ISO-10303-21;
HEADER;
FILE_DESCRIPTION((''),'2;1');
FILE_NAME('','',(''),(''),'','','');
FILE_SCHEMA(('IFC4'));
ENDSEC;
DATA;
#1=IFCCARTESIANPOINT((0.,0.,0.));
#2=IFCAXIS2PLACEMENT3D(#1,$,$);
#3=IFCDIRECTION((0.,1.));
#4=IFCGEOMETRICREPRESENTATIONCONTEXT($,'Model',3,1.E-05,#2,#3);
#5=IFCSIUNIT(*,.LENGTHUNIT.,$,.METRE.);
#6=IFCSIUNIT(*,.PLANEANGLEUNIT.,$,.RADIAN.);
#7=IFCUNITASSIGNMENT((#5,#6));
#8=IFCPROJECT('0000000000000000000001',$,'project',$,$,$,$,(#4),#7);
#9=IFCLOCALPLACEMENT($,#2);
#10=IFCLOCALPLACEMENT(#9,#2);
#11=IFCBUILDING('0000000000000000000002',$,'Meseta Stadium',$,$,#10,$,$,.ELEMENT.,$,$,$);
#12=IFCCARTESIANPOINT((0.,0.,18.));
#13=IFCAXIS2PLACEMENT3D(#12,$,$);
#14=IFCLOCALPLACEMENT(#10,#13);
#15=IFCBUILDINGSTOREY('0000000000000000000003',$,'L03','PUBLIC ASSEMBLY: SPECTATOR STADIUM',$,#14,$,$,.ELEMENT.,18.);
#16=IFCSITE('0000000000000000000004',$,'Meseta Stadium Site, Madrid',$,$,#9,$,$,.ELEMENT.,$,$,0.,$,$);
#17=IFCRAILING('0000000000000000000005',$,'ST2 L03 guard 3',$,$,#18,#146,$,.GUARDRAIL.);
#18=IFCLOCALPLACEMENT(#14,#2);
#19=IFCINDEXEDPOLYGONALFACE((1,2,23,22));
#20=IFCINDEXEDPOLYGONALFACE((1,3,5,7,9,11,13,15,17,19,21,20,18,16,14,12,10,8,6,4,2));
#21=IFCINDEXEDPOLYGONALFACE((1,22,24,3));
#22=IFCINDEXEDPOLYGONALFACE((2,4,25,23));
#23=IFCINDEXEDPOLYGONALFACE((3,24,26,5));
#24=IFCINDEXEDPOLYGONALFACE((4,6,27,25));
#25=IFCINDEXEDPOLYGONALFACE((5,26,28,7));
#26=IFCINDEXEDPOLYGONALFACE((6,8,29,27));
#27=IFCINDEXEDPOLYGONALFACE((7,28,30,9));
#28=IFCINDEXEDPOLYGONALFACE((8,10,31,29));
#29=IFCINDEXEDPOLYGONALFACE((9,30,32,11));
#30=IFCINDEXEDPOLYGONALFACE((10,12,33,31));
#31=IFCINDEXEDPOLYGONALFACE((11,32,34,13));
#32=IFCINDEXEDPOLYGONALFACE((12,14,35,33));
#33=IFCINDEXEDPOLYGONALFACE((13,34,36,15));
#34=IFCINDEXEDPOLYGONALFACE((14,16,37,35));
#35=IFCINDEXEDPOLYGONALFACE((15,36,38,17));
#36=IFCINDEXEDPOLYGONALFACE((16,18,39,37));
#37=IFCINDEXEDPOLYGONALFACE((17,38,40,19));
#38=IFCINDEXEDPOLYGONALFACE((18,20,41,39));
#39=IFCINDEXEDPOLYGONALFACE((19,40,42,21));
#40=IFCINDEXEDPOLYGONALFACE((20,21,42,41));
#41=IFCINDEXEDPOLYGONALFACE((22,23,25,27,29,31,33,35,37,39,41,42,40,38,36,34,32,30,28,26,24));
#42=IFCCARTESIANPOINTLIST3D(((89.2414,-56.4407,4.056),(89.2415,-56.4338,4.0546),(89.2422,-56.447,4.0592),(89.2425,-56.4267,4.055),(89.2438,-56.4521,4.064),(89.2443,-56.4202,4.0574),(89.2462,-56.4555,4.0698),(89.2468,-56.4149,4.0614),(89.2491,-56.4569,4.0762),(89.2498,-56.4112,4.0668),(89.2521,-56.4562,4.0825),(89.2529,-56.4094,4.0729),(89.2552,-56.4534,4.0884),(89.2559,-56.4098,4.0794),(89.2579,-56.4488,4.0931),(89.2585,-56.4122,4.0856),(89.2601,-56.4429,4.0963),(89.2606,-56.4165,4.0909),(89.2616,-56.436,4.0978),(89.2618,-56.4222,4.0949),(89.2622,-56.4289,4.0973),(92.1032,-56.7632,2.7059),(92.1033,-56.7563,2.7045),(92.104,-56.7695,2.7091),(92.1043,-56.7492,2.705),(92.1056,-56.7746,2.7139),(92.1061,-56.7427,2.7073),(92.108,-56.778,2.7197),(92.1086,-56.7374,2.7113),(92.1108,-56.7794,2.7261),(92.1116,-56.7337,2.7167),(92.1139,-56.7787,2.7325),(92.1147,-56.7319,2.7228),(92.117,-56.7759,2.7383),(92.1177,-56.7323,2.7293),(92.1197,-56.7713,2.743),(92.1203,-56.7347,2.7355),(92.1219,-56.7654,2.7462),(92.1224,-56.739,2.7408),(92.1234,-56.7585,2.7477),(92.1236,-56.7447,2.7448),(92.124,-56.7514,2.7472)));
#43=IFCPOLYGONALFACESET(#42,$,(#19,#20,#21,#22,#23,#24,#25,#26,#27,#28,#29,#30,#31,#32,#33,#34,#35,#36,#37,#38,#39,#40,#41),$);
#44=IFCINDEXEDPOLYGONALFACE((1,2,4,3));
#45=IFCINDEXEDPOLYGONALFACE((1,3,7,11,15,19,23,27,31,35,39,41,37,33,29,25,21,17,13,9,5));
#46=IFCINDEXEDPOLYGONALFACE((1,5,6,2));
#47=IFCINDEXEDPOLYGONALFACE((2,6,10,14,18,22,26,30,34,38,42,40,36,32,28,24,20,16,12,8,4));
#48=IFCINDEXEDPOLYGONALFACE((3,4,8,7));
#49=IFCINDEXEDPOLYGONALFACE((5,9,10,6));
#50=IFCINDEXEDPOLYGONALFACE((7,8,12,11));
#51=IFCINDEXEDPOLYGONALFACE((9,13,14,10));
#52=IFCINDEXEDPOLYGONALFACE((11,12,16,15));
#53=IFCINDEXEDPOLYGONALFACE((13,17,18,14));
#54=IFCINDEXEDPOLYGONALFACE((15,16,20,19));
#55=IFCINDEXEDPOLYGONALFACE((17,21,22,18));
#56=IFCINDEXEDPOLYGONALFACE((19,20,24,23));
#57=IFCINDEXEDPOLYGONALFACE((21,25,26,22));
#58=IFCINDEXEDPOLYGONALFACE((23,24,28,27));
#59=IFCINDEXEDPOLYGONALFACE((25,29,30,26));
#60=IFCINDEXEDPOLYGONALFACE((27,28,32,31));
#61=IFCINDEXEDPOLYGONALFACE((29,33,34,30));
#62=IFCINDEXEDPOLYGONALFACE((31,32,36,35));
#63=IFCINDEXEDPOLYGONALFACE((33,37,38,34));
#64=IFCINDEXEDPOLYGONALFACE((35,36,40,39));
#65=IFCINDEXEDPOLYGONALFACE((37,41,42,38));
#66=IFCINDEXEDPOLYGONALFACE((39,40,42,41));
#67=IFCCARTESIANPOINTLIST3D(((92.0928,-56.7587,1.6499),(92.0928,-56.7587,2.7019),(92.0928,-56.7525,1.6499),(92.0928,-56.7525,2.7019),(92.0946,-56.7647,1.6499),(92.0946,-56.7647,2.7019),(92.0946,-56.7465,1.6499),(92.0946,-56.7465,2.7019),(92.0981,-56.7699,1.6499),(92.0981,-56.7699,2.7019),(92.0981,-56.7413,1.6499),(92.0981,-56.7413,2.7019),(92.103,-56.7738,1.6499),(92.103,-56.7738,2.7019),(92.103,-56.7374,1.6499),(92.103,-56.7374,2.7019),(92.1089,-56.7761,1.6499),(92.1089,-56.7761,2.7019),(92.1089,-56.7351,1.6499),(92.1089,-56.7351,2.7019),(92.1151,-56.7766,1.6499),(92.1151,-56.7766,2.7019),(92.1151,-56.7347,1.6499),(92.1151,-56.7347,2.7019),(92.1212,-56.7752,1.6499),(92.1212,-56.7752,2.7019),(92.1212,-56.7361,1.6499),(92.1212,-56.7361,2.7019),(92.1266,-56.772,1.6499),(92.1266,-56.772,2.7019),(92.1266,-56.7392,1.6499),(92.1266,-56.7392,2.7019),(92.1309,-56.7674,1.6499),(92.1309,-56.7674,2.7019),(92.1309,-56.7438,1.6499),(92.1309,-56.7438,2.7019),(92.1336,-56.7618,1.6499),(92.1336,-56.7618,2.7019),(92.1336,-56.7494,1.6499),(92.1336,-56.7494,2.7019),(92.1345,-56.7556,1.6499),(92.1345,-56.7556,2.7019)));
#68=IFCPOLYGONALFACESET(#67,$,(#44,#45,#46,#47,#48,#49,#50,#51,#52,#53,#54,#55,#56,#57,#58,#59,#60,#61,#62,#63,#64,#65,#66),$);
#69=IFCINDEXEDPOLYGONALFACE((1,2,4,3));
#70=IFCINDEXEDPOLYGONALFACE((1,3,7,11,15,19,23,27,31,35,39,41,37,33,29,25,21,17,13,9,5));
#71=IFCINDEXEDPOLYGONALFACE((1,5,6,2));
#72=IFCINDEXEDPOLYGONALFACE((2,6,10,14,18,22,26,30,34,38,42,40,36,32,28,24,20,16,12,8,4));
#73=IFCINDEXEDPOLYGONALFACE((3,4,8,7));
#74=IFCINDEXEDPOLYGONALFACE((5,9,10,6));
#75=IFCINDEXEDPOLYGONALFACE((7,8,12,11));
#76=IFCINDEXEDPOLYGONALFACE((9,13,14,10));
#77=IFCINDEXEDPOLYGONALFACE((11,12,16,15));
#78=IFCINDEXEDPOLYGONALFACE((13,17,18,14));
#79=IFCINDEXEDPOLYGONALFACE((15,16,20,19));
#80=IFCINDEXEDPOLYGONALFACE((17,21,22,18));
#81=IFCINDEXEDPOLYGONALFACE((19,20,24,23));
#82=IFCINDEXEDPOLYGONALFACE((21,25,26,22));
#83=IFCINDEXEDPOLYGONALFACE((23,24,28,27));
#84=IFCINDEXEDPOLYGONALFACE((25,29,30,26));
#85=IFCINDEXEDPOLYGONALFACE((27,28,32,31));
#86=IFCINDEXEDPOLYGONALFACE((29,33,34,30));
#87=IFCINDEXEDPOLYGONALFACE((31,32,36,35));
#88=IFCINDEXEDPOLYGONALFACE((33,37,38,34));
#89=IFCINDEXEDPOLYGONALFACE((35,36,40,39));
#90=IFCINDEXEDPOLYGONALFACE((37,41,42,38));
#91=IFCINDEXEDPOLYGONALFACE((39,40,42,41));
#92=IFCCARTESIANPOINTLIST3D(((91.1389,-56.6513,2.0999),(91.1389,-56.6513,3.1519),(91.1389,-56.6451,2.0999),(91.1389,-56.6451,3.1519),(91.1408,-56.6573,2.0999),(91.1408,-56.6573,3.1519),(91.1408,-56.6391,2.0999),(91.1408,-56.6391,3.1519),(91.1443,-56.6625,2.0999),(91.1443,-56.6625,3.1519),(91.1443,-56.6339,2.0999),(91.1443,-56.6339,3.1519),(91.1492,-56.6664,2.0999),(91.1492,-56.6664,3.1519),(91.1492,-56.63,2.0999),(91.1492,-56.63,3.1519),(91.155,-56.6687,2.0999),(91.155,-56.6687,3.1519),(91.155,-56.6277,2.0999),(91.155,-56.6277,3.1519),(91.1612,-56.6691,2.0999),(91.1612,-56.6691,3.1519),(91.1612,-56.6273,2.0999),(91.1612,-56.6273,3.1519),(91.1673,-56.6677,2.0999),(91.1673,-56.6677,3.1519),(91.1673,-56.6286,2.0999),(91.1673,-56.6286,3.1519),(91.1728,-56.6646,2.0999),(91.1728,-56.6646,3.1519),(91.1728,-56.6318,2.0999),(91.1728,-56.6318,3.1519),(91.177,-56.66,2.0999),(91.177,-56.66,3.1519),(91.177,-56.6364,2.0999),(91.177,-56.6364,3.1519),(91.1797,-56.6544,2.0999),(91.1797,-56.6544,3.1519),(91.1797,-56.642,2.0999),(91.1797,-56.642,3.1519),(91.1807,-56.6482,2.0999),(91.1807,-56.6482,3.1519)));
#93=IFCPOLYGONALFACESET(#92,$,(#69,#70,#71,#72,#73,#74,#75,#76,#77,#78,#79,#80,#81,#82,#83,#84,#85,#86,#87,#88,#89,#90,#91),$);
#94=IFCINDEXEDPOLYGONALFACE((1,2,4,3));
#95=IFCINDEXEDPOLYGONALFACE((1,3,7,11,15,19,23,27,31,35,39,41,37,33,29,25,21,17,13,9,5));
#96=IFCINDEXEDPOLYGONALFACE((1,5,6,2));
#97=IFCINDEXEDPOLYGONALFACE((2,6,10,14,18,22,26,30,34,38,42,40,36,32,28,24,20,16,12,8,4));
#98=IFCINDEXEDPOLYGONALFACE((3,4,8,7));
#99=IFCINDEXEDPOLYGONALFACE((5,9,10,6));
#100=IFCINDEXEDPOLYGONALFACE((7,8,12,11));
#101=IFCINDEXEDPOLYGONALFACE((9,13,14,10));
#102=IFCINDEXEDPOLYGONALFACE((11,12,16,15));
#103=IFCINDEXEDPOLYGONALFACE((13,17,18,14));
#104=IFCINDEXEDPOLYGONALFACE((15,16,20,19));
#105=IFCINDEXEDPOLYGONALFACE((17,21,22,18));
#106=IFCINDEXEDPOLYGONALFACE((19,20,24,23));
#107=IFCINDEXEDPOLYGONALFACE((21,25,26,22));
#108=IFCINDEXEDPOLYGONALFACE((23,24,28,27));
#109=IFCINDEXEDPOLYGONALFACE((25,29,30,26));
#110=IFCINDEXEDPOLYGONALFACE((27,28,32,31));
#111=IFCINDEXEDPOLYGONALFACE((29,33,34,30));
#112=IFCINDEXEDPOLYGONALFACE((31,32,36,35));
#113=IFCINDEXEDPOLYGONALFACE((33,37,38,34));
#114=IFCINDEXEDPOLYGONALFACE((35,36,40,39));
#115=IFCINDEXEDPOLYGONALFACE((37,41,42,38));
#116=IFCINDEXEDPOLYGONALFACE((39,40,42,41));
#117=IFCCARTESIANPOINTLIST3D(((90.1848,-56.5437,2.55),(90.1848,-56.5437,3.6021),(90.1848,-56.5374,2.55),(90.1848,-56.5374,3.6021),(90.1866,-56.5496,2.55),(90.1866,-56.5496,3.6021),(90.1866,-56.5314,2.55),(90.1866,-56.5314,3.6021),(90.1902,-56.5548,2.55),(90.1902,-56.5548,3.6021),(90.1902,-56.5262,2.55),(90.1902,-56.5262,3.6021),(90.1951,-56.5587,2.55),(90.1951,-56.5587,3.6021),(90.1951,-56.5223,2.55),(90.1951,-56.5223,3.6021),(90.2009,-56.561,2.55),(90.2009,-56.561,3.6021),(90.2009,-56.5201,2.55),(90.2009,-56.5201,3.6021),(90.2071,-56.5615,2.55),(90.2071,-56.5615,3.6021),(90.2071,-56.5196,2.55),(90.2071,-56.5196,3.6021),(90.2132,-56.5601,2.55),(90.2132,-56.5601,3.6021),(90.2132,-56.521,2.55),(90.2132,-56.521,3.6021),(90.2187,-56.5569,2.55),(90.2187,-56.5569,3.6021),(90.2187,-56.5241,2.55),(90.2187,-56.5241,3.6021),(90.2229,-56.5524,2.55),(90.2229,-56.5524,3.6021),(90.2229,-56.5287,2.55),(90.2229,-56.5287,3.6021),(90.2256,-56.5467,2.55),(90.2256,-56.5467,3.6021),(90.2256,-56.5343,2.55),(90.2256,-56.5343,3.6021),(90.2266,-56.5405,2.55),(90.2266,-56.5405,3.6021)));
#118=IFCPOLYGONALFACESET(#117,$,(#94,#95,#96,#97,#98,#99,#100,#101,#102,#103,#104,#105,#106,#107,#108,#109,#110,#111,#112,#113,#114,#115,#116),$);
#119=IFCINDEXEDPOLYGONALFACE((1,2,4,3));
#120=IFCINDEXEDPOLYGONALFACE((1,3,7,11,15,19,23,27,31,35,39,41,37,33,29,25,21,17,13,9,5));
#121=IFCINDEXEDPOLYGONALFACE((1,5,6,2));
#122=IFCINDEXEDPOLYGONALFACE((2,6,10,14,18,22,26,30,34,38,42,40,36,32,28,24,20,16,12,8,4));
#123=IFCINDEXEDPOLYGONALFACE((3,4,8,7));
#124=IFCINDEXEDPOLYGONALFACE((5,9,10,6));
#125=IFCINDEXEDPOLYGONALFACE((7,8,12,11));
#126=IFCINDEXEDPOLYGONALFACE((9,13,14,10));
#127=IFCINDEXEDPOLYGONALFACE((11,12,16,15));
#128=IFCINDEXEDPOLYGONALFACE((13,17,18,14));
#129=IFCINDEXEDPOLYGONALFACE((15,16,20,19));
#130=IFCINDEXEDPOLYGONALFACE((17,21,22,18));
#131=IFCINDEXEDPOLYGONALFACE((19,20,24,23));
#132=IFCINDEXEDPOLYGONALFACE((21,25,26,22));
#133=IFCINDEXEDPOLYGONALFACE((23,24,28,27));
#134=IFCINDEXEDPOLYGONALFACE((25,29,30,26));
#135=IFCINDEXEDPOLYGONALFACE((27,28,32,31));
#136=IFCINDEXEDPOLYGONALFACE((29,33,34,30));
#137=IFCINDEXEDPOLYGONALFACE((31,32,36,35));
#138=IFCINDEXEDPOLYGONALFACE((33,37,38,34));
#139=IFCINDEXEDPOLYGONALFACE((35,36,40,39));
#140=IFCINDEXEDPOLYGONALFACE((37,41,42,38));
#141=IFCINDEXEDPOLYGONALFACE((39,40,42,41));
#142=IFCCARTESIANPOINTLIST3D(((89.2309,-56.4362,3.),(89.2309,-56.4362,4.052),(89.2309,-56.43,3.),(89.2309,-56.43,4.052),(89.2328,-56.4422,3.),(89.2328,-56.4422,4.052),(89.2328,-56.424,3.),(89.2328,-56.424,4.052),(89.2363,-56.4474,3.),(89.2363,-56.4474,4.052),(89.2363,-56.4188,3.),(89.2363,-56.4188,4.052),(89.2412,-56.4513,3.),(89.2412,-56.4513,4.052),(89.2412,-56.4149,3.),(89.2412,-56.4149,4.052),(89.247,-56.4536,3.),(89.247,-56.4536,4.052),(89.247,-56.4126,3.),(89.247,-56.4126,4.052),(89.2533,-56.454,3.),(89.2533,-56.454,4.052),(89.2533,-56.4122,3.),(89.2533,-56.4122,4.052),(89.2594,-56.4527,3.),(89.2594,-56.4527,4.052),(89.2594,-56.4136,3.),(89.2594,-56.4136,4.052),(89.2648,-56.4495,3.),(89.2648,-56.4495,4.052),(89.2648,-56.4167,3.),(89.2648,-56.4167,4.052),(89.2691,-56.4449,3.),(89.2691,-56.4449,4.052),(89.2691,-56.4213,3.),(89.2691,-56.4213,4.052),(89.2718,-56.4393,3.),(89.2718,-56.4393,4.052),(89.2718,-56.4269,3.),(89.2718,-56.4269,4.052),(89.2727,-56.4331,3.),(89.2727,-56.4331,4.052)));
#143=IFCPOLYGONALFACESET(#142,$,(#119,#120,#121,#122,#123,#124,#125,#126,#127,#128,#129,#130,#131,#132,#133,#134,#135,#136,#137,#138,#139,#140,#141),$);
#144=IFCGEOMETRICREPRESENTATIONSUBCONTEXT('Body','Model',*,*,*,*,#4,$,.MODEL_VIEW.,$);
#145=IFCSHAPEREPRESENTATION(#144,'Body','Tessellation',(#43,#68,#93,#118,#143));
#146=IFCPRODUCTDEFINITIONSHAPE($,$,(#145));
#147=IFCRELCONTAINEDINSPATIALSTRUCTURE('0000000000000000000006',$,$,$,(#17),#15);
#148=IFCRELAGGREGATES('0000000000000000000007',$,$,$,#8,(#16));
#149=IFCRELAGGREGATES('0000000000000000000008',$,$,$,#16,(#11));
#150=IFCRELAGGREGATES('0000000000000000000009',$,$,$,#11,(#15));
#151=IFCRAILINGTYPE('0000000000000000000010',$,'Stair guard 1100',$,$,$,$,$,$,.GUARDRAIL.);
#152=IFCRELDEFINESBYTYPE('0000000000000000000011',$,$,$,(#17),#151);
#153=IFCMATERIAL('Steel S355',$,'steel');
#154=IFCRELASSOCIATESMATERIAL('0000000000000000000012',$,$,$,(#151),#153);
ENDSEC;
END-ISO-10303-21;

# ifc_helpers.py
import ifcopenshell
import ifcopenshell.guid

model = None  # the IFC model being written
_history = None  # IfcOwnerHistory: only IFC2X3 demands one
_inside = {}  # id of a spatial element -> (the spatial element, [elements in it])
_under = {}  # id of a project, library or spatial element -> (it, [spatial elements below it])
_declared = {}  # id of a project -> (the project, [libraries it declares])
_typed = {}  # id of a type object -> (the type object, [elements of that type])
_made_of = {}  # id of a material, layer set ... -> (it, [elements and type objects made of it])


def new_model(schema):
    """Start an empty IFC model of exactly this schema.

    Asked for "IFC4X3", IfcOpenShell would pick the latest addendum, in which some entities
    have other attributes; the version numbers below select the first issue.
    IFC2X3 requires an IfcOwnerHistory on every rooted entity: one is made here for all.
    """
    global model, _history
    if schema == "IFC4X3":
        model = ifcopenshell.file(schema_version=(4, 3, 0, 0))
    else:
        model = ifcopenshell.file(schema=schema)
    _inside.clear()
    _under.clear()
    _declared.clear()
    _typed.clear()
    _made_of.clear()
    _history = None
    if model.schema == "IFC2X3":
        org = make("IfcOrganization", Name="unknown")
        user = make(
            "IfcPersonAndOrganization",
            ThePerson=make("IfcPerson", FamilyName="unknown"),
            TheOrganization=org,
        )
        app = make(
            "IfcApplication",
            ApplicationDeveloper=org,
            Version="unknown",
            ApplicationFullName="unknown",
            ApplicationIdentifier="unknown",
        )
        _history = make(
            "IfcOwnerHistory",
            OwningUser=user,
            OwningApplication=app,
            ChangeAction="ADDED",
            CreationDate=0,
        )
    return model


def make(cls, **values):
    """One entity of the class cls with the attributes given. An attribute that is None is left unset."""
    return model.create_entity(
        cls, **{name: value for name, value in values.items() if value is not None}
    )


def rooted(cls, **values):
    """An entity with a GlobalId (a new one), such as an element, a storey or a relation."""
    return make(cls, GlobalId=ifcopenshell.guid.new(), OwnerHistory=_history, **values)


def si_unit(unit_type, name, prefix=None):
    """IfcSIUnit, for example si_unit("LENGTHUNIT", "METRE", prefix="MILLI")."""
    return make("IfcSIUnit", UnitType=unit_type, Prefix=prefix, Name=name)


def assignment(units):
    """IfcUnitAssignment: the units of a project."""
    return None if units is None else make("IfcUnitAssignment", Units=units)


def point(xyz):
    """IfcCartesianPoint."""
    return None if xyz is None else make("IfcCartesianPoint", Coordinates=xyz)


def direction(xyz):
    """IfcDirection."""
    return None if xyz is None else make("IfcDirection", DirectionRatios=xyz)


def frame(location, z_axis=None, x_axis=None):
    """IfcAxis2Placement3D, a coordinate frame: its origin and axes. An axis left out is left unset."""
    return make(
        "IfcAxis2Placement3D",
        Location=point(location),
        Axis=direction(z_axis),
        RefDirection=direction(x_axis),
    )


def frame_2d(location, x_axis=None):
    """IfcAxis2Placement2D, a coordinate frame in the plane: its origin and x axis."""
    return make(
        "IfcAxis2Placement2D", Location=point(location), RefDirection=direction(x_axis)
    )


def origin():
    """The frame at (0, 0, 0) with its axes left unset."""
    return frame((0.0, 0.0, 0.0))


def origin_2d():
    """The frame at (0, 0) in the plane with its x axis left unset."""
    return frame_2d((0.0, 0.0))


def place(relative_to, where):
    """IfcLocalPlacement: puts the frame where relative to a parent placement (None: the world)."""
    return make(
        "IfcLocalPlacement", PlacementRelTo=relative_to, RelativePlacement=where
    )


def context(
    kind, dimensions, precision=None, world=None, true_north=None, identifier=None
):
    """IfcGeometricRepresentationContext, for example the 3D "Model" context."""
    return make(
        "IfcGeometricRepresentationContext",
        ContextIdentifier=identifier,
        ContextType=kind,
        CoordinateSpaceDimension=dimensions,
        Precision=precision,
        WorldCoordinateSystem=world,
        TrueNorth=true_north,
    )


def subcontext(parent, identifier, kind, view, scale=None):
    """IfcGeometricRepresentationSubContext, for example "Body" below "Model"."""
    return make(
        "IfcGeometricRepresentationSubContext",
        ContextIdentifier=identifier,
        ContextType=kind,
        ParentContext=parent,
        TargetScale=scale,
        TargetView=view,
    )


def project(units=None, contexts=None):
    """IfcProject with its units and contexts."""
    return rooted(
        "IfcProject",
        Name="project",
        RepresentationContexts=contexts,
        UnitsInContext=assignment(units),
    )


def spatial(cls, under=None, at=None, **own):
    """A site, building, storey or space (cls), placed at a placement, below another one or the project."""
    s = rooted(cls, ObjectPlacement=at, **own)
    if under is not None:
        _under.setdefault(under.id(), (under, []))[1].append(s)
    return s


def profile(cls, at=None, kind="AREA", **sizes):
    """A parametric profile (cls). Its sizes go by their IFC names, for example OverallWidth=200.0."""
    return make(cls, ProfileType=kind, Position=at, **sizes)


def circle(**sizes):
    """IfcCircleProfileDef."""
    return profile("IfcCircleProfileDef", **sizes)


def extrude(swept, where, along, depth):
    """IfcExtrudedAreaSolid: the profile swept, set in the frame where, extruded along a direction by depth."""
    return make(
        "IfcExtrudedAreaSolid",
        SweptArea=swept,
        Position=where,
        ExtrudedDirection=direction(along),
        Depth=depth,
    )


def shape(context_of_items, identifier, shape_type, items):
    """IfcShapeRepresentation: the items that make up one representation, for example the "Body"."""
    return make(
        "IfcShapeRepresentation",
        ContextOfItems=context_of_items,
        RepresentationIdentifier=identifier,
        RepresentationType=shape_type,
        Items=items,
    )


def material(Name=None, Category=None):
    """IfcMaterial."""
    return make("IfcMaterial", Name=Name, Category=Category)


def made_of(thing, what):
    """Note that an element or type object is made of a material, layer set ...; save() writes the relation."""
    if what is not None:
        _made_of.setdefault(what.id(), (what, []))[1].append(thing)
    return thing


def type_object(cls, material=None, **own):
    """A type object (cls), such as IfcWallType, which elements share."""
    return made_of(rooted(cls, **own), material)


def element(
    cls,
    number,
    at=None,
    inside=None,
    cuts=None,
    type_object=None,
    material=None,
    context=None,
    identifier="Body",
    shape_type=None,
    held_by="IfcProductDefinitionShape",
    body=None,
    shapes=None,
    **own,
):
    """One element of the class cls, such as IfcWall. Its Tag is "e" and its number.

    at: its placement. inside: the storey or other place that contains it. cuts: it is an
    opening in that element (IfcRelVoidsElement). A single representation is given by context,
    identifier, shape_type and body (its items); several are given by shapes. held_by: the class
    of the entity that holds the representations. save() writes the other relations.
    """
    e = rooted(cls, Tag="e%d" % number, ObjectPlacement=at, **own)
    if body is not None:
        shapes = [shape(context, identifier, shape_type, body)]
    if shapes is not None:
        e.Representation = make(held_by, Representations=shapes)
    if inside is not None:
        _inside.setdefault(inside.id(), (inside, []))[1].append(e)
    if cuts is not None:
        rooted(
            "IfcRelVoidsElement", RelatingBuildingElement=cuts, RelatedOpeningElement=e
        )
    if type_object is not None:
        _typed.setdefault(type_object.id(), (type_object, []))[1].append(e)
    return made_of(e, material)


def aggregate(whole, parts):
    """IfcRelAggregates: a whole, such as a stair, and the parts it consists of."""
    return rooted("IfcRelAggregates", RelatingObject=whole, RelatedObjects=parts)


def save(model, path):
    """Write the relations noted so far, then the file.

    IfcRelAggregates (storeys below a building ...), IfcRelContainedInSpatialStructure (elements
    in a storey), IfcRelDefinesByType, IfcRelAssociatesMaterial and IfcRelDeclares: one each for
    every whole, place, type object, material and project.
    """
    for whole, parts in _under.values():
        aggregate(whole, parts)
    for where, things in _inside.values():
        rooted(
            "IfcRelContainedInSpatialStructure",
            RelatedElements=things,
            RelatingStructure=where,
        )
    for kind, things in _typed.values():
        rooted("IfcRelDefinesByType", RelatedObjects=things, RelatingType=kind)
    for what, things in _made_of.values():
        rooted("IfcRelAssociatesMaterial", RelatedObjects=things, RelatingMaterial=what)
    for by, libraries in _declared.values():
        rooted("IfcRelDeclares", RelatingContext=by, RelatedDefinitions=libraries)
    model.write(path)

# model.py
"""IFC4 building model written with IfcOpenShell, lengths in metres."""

from ifc_helpers import new_model, si_unit, direction, frame, origin, origin_2d, place, context, subcontext, project, spatial, circle, extrude, material, type_object, element, save


model = new_model("IFC4")

# Units and contexts
model_context = context("Model", 3, precision=1e-05, world=origin(), true_north=direction((0.0, 1.0)))
body_context = subcontext(model_context, "Body", "Model", "MODEL_VIEW")
ifc_project = project(units=[si_unit("LENGTHUNIT", "METRE"), si_unit("PLANEANGLEUNIT", "RADIAN")], contexts=[model_context])

# Site, building, storey
site_placement = place(None, origin())
site = spatial("IfcSite", under=ifc_project, at=site_placement, Name="Meseta Stadium Site, Madrid", CompositionType="ELEMENT", RefElevation=0.0)
building_placement = place(site_placement, origin())
building = spatial("IfcBuilding", under=site, at=building_placement, Name="Meseta Stadium", CompositionType="ELEMENT")
storey_placement = place(building_placement, frame((0.0, 0.0, 18.0)))
storey = spatial("IfcBuildingStorey", under=building, at=storey_placement, Name="L03", Description="PUBLIC ASSEMBLY: SPECTATOR STADIUM", CompositionType="ELEMENT", Elevation=18.0)

# Railing
ifc_material_1 = material(Name="Steel S355", Category="steel")
railing_type_1 = type_object("IfcRailingType", Name="Stair guard 1100", PredefinedType="GUARDRAIL", material=ifc_material_1)
railing_1_placement = place(storey_placement, frame((92.1135, -56.7556, 1.6499)))
element("IfcRailing", 1, at=railing_1_placement, inside=storey, type_object=railing_type_1, Name="ST2 L03 guard 3", PredefinedType="GUARDRAIL", context=body_context, shape_type="SweptSolid", body=[
    extrude(circle(Radius=0.0239, at=origin_2d()), frame((0.0, 0.0, 1.0762), z_axis=(-0.899748, 0.101396, 0.424467), x_axis=(-0.111985, -0.99371, 0.0)), (0.0, 0.0, 1.0), 3.1807),
    extrude(circle(Radius=0.021, at=origin_2d()), origin(), (0.0, 0.0, 1.0), 1.052),
    extrude(circle(Radius=0.021, at=origin_2d()), frame((-0.9539, 0.1074, 0.45)), (0.0, 0.0, 1.0), 1.052),
    extrude(circle(Radius=0.021, at=origin_2d()), frame((-1.908, 0.2151, 0.9001)), (0.0, 0.0, 1.0), 1.052),
    extrude(circle(Radius=0.021, at=origin_2d()), frame((-2.8618, 0.3225, 1.3501)), (0.0, 0.0, 1.0), 1.052),
])

save(model, "model.ifc")
